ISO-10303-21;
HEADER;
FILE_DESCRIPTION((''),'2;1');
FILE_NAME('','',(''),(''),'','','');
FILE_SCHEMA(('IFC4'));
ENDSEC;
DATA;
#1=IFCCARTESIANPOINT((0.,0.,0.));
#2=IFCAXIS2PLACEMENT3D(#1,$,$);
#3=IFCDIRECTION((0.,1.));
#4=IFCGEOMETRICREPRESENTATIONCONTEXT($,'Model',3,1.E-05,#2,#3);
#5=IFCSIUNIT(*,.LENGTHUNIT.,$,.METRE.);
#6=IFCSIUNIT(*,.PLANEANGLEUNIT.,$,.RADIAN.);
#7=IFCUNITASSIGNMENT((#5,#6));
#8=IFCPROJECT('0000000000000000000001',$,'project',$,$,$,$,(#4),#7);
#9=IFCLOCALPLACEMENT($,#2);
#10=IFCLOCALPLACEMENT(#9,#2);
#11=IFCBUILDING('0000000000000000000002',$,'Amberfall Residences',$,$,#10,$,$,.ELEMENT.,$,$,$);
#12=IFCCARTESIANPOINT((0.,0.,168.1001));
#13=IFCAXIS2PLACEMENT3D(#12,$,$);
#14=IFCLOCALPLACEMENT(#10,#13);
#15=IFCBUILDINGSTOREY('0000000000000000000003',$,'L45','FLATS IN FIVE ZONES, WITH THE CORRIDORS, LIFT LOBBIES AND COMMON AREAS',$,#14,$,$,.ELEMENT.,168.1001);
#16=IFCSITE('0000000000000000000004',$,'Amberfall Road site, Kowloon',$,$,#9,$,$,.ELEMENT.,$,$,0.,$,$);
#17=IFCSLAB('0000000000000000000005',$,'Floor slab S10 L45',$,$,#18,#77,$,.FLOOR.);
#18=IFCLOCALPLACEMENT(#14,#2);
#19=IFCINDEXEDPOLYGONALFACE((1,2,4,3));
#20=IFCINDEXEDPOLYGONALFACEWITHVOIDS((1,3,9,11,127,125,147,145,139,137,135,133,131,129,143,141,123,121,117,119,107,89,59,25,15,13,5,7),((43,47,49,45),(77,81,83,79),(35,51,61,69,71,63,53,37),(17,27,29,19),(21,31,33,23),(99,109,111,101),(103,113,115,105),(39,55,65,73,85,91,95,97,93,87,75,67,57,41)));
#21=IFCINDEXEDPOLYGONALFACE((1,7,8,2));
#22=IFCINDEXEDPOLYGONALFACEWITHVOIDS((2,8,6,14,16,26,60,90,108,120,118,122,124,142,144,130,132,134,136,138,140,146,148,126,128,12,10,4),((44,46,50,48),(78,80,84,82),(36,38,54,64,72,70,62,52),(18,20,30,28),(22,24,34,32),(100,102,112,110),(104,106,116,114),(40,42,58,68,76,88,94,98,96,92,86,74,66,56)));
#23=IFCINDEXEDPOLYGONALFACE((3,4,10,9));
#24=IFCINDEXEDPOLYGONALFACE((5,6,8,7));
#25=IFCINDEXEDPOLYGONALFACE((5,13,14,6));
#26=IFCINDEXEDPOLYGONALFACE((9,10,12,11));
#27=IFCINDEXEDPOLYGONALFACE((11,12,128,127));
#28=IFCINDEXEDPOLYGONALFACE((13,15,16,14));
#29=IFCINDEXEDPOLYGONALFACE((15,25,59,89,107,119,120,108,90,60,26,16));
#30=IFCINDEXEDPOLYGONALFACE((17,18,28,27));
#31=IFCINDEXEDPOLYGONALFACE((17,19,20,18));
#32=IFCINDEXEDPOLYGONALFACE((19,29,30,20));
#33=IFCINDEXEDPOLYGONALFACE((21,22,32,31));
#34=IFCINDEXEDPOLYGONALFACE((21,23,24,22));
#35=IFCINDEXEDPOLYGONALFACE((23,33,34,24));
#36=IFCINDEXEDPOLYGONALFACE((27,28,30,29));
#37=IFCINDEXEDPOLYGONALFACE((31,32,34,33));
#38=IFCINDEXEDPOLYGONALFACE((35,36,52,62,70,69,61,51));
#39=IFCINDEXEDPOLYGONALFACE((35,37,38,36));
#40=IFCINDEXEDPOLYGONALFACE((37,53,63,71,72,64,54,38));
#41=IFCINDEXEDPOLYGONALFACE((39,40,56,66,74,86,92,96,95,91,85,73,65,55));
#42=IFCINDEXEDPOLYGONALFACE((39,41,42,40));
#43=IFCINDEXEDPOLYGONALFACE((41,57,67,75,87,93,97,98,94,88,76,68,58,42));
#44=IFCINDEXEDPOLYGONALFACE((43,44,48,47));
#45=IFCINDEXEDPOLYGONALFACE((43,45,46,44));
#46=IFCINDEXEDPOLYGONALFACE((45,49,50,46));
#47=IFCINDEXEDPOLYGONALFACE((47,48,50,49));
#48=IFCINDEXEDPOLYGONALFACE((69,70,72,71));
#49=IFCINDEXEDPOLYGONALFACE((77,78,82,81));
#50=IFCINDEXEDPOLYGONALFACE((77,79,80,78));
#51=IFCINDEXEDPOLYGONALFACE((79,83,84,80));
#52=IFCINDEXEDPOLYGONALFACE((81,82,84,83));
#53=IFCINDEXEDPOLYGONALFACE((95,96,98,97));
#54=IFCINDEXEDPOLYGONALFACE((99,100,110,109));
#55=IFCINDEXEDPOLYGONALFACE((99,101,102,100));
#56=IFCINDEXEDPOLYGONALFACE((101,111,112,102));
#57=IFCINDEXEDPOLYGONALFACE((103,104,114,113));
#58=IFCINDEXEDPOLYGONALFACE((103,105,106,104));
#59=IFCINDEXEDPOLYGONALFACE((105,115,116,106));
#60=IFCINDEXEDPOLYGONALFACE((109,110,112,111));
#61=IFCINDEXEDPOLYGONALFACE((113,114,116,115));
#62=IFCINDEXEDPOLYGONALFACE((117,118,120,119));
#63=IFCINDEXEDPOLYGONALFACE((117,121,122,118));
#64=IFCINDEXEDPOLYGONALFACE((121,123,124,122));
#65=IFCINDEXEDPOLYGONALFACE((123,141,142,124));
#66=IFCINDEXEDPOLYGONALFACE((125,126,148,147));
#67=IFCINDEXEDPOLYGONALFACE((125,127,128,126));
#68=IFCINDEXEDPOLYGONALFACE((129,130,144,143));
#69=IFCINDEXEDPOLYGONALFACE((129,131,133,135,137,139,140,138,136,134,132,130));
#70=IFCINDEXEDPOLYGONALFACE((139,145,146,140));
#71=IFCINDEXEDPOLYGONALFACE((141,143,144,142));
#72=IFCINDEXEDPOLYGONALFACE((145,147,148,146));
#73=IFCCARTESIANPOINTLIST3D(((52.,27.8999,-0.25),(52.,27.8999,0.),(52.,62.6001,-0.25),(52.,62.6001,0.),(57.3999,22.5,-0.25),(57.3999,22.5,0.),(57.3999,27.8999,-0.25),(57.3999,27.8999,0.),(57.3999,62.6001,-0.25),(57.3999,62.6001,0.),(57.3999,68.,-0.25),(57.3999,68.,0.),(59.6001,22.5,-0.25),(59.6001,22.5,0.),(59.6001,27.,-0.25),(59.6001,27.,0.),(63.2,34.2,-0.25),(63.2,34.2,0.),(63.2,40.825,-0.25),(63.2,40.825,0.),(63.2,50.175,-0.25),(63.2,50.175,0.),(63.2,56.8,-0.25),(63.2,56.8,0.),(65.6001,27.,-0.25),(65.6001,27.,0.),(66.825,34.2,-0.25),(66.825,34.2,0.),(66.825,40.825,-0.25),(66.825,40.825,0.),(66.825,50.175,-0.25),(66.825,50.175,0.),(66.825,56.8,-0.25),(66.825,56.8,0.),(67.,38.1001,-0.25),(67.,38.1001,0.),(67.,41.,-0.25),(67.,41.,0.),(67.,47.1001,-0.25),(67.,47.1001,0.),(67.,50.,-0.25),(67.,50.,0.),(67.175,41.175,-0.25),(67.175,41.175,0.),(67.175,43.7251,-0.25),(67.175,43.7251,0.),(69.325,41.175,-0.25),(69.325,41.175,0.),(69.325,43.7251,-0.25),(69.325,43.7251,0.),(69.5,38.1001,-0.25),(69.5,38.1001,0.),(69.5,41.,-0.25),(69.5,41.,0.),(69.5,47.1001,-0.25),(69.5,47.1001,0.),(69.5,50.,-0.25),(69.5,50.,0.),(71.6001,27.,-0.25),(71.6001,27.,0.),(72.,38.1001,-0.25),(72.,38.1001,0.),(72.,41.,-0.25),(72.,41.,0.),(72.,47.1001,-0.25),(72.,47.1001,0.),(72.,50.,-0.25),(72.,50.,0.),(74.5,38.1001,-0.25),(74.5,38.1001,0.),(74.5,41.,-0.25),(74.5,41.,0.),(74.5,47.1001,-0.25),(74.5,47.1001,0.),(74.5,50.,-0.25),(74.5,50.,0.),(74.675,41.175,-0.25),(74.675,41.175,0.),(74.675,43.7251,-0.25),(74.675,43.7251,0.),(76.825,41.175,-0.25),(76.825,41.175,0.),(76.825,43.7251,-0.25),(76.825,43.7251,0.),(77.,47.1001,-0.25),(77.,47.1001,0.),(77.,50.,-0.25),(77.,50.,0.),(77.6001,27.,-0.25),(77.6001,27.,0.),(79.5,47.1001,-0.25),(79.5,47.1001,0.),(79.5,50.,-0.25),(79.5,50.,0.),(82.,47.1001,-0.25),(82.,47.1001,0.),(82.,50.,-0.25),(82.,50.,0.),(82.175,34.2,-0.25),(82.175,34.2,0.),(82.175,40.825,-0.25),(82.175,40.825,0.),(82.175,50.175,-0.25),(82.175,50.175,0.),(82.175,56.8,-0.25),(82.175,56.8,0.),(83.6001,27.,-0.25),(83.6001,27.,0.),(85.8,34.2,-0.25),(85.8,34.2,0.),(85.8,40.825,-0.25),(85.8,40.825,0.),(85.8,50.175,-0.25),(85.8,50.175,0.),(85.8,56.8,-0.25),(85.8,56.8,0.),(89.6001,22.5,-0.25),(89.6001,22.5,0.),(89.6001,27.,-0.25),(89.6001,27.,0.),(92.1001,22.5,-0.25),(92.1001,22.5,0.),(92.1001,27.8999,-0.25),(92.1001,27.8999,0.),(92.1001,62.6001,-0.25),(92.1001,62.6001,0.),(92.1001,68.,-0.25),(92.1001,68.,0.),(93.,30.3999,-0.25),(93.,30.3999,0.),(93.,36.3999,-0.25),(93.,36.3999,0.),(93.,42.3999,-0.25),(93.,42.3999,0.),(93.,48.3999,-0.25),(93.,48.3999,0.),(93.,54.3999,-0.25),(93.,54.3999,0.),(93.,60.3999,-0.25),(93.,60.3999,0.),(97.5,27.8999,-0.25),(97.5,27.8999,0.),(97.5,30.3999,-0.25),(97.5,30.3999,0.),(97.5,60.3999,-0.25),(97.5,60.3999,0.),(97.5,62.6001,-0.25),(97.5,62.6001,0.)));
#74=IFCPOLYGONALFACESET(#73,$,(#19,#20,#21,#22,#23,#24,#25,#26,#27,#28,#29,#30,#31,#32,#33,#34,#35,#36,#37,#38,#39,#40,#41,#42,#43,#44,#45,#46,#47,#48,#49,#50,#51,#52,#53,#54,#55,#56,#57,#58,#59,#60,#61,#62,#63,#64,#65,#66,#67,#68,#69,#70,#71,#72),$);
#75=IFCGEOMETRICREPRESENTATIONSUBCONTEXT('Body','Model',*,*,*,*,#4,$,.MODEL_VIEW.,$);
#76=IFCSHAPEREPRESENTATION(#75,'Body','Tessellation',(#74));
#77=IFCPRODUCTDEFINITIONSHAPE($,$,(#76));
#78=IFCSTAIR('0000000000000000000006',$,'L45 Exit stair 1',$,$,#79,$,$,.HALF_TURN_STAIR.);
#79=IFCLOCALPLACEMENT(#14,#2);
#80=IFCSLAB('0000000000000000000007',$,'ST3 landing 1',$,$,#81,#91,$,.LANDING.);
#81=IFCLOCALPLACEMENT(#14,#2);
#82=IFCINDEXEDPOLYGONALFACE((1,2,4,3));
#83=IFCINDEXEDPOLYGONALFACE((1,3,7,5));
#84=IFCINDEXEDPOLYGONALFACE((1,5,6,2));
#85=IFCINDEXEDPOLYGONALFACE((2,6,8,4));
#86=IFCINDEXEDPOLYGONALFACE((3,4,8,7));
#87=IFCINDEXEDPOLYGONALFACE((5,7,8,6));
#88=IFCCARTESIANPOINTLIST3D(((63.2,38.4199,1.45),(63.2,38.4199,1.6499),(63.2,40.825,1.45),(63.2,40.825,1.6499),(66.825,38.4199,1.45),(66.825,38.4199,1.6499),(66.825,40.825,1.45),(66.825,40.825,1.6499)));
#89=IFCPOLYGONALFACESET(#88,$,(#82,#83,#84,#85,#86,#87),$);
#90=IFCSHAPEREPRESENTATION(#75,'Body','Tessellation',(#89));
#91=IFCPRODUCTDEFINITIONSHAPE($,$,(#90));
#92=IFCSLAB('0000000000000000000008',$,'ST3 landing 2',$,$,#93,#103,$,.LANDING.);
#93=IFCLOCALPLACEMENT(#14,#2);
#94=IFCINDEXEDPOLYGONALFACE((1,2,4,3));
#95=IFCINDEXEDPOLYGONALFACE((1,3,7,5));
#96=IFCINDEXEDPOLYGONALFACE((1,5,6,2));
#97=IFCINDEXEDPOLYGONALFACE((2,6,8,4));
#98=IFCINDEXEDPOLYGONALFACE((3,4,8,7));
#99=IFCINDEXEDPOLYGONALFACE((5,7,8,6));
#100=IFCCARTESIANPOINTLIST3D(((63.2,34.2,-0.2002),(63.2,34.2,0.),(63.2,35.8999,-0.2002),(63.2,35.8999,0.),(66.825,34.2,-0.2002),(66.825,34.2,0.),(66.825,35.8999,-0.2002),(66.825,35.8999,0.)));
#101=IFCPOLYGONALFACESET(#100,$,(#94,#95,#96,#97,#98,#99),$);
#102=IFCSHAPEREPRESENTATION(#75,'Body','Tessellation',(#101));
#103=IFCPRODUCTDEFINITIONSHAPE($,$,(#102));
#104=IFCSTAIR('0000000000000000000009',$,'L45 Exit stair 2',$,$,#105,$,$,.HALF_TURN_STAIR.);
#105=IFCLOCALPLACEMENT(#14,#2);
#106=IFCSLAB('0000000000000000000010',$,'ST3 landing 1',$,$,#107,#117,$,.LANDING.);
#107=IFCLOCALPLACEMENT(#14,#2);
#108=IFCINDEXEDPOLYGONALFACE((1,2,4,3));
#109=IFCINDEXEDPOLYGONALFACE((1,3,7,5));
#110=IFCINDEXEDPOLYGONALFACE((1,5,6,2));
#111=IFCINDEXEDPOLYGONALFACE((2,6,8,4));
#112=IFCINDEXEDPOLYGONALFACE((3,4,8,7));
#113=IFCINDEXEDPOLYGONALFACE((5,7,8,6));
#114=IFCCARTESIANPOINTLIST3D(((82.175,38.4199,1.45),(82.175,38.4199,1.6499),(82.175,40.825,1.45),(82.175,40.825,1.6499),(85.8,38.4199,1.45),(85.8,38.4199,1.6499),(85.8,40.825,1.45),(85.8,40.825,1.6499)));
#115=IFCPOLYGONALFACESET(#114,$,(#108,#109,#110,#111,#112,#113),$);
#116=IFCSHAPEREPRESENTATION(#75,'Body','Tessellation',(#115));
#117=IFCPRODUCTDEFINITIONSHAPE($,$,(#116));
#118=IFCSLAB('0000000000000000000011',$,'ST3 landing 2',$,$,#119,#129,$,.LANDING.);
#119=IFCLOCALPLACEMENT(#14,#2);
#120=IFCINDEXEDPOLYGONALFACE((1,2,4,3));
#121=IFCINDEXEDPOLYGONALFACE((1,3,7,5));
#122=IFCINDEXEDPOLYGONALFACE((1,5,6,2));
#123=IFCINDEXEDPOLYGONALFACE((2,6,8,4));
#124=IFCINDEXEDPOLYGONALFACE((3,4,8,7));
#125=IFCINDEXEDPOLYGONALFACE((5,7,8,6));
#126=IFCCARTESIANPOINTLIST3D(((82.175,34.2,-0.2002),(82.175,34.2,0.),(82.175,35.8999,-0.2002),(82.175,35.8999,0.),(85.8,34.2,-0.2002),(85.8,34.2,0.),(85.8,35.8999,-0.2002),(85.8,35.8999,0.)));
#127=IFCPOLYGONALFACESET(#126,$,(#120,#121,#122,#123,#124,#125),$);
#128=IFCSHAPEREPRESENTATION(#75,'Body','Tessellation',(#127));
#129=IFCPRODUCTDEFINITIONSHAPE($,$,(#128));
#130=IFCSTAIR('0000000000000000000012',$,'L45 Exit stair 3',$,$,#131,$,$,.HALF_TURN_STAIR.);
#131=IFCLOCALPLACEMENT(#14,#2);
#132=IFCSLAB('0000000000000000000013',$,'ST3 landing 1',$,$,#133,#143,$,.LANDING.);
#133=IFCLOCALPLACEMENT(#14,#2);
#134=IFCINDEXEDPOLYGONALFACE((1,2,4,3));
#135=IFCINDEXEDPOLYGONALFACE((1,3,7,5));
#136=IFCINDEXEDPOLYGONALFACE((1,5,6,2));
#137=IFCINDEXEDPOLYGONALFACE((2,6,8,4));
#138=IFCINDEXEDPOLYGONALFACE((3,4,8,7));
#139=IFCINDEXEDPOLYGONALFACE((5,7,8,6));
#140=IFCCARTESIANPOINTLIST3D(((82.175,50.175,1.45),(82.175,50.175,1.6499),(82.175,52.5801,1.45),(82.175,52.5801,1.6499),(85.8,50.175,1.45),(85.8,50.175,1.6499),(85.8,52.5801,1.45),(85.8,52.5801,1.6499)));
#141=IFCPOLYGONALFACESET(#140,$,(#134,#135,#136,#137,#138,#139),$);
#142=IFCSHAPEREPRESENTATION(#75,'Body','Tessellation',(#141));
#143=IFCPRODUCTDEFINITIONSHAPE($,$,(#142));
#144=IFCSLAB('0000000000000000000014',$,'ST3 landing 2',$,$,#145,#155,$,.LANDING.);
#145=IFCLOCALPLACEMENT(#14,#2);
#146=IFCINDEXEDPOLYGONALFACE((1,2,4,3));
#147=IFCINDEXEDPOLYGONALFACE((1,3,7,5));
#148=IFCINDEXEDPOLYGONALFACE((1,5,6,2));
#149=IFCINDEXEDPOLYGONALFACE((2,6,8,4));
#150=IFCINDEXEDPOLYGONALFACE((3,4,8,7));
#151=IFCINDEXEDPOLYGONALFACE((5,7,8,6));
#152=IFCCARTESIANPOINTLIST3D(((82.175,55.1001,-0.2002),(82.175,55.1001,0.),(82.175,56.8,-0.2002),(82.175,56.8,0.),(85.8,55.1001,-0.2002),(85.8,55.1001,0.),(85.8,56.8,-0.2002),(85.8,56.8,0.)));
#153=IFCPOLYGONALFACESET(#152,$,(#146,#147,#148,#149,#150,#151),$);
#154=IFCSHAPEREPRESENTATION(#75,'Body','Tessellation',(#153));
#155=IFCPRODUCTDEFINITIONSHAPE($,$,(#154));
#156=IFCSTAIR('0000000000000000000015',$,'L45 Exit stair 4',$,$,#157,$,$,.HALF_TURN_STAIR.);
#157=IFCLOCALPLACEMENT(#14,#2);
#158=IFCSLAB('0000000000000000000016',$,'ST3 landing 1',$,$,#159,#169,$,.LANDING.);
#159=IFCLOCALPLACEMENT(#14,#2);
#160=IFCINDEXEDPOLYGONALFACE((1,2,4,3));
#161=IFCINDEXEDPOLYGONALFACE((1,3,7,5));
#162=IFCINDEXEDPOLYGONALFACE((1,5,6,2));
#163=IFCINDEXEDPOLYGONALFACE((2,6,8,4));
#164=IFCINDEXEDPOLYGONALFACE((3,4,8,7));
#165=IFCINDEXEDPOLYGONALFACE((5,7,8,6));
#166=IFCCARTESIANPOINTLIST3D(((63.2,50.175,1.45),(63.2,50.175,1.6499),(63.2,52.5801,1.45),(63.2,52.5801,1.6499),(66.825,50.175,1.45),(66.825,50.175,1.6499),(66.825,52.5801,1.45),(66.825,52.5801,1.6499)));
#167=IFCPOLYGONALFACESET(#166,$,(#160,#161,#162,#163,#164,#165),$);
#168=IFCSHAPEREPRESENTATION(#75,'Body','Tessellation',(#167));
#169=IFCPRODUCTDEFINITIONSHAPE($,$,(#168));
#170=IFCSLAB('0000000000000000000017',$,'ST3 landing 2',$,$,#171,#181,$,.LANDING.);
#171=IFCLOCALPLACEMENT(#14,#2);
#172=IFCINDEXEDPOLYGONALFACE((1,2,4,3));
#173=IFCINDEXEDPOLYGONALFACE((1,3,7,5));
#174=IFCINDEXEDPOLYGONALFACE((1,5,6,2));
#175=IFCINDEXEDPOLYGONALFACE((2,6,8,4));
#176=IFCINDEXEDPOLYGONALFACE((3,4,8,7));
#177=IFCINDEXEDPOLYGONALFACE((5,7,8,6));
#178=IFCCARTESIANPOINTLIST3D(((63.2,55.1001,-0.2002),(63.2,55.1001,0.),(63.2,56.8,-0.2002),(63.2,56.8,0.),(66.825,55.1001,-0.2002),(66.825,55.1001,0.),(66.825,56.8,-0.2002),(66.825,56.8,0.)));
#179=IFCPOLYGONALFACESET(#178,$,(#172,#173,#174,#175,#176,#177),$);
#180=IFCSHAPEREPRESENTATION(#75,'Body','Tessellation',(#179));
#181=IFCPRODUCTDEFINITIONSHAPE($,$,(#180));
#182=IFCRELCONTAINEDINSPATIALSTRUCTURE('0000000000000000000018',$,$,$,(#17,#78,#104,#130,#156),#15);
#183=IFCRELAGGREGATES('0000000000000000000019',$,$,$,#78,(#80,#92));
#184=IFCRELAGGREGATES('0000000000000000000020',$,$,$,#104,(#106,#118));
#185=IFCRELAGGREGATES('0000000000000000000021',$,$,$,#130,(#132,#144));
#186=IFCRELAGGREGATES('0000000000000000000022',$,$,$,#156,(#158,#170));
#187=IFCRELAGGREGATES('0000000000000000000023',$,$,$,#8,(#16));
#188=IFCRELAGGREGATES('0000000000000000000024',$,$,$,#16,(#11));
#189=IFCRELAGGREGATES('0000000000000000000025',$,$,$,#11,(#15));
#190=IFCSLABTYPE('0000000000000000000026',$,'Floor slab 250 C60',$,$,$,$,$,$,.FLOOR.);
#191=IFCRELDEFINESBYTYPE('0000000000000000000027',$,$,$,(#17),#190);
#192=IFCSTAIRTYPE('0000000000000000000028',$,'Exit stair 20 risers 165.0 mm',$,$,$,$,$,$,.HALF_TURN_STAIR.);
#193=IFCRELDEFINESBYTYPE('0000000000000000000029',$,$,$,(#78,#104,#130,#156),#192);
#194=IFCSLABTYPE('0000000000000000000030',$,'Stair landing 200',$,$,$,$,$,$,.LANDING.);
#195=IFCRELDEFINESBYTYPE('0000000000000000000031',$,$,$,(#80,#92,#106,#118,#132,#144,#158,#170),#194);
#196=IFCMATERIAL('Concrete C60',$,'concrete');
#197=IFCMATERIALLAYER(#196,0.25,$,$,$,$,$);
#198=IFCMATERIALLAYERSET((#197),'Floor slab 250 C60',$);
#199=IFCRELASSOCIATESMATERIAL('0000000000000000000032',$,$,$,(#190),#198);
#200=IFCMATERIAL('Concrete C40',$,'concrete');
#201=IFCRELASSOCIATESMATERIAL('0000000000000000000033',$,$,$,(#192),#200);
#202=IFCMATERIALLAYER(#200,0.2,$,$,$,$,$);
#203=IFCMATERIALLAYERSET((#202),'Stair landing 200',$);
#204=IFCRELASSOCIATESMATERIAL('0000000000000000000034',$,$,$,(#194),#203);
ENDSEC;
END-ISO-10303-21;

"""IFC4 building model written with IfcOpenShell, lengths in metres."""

from ifc_helpers import new_model, si_unit, direction, frame, origin, place, context, subcontext, project, spatial, polyline, outline, extrude, material, layer, layer_set, type_object, element, aggregate, save


model = new_model("IFC4")

# Units and contexts
model_context = context("Model", 3, precision=1e-05, world=origin(), true_north=direction((0.0, 1.0)))
body_context = subcontext(model_context, "Body", "Model", "MODEL_VIEW")
ifc_project = project(units=[si_unit("LENGTHUNIT", "METRE"), si_unit("PLANEANGLEUNIT", "RADIAN")], contexts=[model_context])

# Site, building, storey
site_placement = place(None, origin())
site = spatial("IfcSite", under=ifc_project, at=site_placement, Name="Amberfall Road site, Kowloon", CompositionType="ELEMENT", RefElevation=0.0)
building_placement = place(site_placement, origin())
building = spatial("IfcBuilding", under=site, at=building_placement, Name="Amberfall Residences", CompositionType="ELEMENT")
storey_placement = place(building_placement, frame((0.0, 0.0, 168.1001)))
storey = spatial("IfcBuildingStorey", under=building, at=storey_placement, Name="L45", Description="FLATS IN FIVE ZONES, WITH THE CORRIDORS, LIFT LOBBIES AND COMMON AREAS", CompositionType="ELEMENT", Elevation=168.1001)

# Shared definitions
ifc_material_1 = material(Name="Concrete C60", Category="concrete")

# Slab
ifc_layer_1 = layer(ifc_material_1, 0.25)
ifc_layer_set_1 = layer_set([ifc_layer_1], Name="Floor slab 250 C60")
slab_type_1 = type_object("IfcSlabType", Name="Floor slab 250 C60", PredefinedType="FLOOR", material=ifc_layer_set_1)
slab_1_placement = place(storey_placement, frame((0.0, 0.0, -0.25)))
element("IfcSlab", 1, at=slab_1_placement, inside=storey, type_object=slab_type_1, Name="Floor slab S10 L45", PredefinedType="FLOOR", context=body_context, shape_type="SweptSolid", body=[
    extrude(outline(polyline([(89.6001, 22.5), (89.6001, 27.0), (83.6001, 27.0), (77.6001, 27.0), (71.6001, 27.0), (65.6001, 27.0), (59.6001, 27.0), (59.6001, 22.5), (57.3999, 22.5), (57.3999, 27.8999), (52.0, 27.8999), (52.0, 62.6001), (57.3999, 62.6001), (57.3999, 68.0), (92.1001, 68.0), (92.1001, 62.6001), (97.5, 62.6001), (97.5, 60.3999), (93.0, 60.3999), (93.0, 54.3999), (93.0, 48.3999), (93.0, 42.3999), (93.0, 36.3999), (93.0, 30.3999), (97.5, 30.3999), (97.5, 27.8999), (92.1001, 27.8999), (92.1001, 22.5), (89.6001, 22.5)]), holes=[polyline([(85.8, 34.2), (85.8, 40.825), (82.175, 40.825), (82.175, 34.2), (85.8, 34.2)]), polyline([(85.8, 50.175), (85.8, 56.8), (82.175, 56.8), (82.175, 50.175), (85.8, 50.175)]), polyline([(72.0, 50.0), (69.5, 50.0), (67.0, 50.0), (67.0, 47.1001), (69.5, 47.1001), (72.0, 47.1001), (74.5, 47.1001), (77.0, 47.1001), (79.5, 47.1001), (82.0, 47.1001), (82.0, 50.0), (79.5, 50.0), (77.0, 50.0), (74.5, 50.0), (72.0, 50.0)]), polyline([(76.825, 41.175), (76.825, 43.7251), (74.675, 43.7251), (74.675, 41.175), (76.825, 41.175)]), polyline([(69.5, 41.0), (67.0, 41.0), (67.0, 38.1001), (69.5, 38.1001), (72.0, 38.1001), (74.5, 38.1001), (74.5, 41.0), (72.0, 41.0), (69.5, 41.0)]), polyline([(69.325, 41.175), (69.325, 43.7251), (67.175, 43.7251), (67.175, 41.175), (69.325, 41.175)]), polyline([(66.825, 50.175), (66.825, 56.8), (63.2, 56.8), (63.2, 50.175), (66.825, 50.175)]), polyline([(66.825, 40.825), (63.2, 40.825), (63.2, 34.2), (66.825, 34.2), (66.825, 40.825)])]), origin(), (0.0, 0.0, 1.0), 0.25),
])

# Stairs, slabs
ifc_material_2 = material(Name="Concrete C40", Category="concrete")
stair_type = type_object("IfcStairType", Name="Exit stair 20 risers 165.0 mm", PredefinedType="HALF_TURN_STAIR", material=ifc_material_2)
stair_1_placement = place(storey_placement, origin())
stair_1 = element("IfcStair", 2, at=stair_1_placement, inside=storey, type_object=stair_type, Name="L45 Exit stair 1", PredefinedType="HALF_TURN_STAIR")
ifc_layer_2 = layer(ifc_material_2, 0.2)
ifc_layer_set_2 = layer_set([ifc_layer_2], Name="Stair landing 200")
slab_type_2 = type_object("IfcSlabType", Name="Stair landing 200", PredefinedType="LANDING", material=ifc_layer_set_2)
slab_2_placement = place(storey_placement, frame((0.0, 0.0, 1.45)))
slab_2 = element("IfcSlab", 3, at=slab_2_placement, type_object=slab_type_2, Name="ST3 landing 1", PredefinedType="LANDING", context=body_context, shape_type="SweptSolid", body=[
    extrude(outline(polyline([(66.825, 38.4199), (66.825, 40.825), (63.2, 40.825), (63.2, 38.4199), (66.825, 38.4199)])), origin(), (0.0, 0.0, 1.0), 0.2),
])
slab_3_placement = place(storey_placement, frame((0.0, 0.0, -0.2002)))
slab_3 = element("IfcSlab", 4, at=slab_3_placement, type_object=slab_type_2, Name="ST3 landing 2", PredefinedType="LANDING", context=body_context, shape_type="SweptSolid", body=[
    extrude(outline(polyline([(66.825, 34.2), (66.825, 35.8999), (63.2, 35.8999), (63.2, 34.2), (66.825, 34.2)])), origin(), (0.0, 0.0, 1.0), 0.2002),
])
aggregate(stair_1, [slab_2, slab_3])
stair_2_placement = place(storey_placement, origin())
stair_2 = element("IfcStair", 5, at=stair_2_placement, inside=storey, type_object=stair_type, Name="L45 Exit stair 2", PredefinedType="HALF_TURN_STAIR")
slab_4_placement = place(storey_placement, frame((0.0, 0.0, 1.45)))
slab_4 = element("IfcSlab", 6, at=slab_4_placement, type_object=slab_type_2, Name="ST3 landing 1", PredefinedType="LANDING", context=body_context, shape_type="SweptSolid", body=[
    extrude(outline(polyline([(85.8, 38.4199), (85.8, 40.825), (82.175, 40.825), (82.175, 38.4199), (85.8, 38.4199)])), origin(), (0.0, 0.0, 1.0), 0.2),
])
slab_5_placement = place(storey_placement, frame((0.0, 0.0, -0.2002)))
slab_5 = element("IfcSlab", 7, at=slab_5_placement, type_object=slab_type_2, Name="ST3 landing 2", PredefinedType="LANDING", context=body_context, shape_type="SweptSolid", body=[
    extrude(outline(polyline([(85.8, 34.2), (85.8, 35.8999), (82.175, 35.8999), (82.175, 34.2), (85.8, 34.2)])), origin(), (0.0, 0.0, 1.0), 0.2002),
])
aggregate(stair_2, [slab_4, slab_5])
stair_3_placement = place(storey_placement, origin())
stair_3 = element("IfcStair", 8, at=stair_3_placement, inside=storey, type_object=stair_type, Name="L45 Exit stair 3", PredefinedType="HALF_TURN_STAIR")
slab_6_placement = place(storey_placement, frame((0.0, 0.0, 1.45)))
slab_6 = element("IfcSlab", 9, at=slab_6_placement, type_object=slab_type_2, Name="ST3 landing 1", PredefinedType="LANDING", context=body_context, shape_type="SweptSolid", body=[
    extrude(outline(polyline([(82.175, 52.5801), (82.175, 50.175), (85.8, 50.175), (85.8, 52.5801), (82.175, 52.5801)])), origin(), (0.0, 0.0, 1.0), 0.2),
])
slab_7_placement = place(storey_placement, frame((0.0, 0.0, -0.2002)))
slab_7 = element("IfcSlab", 10, at=slab_7_placement, type_object=slab_type_2, Name="ST3 landing 2", PredefinedType="LANDING", context=body_context, shape_type="SweptSolid", body=[
    extrude(outline(polyline([(82.175, 56.8), (82.175, 55.1001), (85.8, 55.1001), (85.8, 56.8), (82.175, 56.8)])), origin(), (0.0, 0.0, 1.0), 0.2002),
])
aggregate(stair_3, [slab_6, slab_7])
stair_4_placement = place(storey_placement, origin())
stair_4 = element("IfcStair", 11, at=stair_4_placement, inside=storey, type_object=stair_type, Name="L45 Exit stair 4", PredefinedType="HALF_TURN_STAIR")
slab_8_placement = place(storey_placement, frame((0.0, 0.0, 1.45)))
slab_8 = element("IfcSlab", 12, at=slab_8_placement, type_object=slab_type_2, Name="ST3 landing 1", PredefinedType="LANDING", context=body_context, shape_type="SweptSolid", body=[
    extrude(outline(polyline([(63.2, 52.5801), (63.2, 50.175), (66.825, 50.175), (66.825, 52.5801), (63.2, 52.5801)])), origin(), (0.0, 0.0, 1.0), 0.2),
])
slab_9_placement = place(storey_placement, frame((0.0, 0.0, -0.2002)))
slab_9 = element("IfcSlab", 13, at=slab_9_placement, type_object=slab_type_2, Name="ST3 landing 2", PredefinedType="LANDING", context=body_context, shape_type="SweptSolid", body=[
    extrude(outline(polyline([(63.2, 56.8), (63.2, 55.1001), (66.825, 55.1001), (66.825, 56.8), (63.2, 56.8)])), origin(), (0.0, 0.0, 1.0), 0.2002),
])
aggregate(stair_4, [slab_8, slab_9])

save(model, "model.ifc")
